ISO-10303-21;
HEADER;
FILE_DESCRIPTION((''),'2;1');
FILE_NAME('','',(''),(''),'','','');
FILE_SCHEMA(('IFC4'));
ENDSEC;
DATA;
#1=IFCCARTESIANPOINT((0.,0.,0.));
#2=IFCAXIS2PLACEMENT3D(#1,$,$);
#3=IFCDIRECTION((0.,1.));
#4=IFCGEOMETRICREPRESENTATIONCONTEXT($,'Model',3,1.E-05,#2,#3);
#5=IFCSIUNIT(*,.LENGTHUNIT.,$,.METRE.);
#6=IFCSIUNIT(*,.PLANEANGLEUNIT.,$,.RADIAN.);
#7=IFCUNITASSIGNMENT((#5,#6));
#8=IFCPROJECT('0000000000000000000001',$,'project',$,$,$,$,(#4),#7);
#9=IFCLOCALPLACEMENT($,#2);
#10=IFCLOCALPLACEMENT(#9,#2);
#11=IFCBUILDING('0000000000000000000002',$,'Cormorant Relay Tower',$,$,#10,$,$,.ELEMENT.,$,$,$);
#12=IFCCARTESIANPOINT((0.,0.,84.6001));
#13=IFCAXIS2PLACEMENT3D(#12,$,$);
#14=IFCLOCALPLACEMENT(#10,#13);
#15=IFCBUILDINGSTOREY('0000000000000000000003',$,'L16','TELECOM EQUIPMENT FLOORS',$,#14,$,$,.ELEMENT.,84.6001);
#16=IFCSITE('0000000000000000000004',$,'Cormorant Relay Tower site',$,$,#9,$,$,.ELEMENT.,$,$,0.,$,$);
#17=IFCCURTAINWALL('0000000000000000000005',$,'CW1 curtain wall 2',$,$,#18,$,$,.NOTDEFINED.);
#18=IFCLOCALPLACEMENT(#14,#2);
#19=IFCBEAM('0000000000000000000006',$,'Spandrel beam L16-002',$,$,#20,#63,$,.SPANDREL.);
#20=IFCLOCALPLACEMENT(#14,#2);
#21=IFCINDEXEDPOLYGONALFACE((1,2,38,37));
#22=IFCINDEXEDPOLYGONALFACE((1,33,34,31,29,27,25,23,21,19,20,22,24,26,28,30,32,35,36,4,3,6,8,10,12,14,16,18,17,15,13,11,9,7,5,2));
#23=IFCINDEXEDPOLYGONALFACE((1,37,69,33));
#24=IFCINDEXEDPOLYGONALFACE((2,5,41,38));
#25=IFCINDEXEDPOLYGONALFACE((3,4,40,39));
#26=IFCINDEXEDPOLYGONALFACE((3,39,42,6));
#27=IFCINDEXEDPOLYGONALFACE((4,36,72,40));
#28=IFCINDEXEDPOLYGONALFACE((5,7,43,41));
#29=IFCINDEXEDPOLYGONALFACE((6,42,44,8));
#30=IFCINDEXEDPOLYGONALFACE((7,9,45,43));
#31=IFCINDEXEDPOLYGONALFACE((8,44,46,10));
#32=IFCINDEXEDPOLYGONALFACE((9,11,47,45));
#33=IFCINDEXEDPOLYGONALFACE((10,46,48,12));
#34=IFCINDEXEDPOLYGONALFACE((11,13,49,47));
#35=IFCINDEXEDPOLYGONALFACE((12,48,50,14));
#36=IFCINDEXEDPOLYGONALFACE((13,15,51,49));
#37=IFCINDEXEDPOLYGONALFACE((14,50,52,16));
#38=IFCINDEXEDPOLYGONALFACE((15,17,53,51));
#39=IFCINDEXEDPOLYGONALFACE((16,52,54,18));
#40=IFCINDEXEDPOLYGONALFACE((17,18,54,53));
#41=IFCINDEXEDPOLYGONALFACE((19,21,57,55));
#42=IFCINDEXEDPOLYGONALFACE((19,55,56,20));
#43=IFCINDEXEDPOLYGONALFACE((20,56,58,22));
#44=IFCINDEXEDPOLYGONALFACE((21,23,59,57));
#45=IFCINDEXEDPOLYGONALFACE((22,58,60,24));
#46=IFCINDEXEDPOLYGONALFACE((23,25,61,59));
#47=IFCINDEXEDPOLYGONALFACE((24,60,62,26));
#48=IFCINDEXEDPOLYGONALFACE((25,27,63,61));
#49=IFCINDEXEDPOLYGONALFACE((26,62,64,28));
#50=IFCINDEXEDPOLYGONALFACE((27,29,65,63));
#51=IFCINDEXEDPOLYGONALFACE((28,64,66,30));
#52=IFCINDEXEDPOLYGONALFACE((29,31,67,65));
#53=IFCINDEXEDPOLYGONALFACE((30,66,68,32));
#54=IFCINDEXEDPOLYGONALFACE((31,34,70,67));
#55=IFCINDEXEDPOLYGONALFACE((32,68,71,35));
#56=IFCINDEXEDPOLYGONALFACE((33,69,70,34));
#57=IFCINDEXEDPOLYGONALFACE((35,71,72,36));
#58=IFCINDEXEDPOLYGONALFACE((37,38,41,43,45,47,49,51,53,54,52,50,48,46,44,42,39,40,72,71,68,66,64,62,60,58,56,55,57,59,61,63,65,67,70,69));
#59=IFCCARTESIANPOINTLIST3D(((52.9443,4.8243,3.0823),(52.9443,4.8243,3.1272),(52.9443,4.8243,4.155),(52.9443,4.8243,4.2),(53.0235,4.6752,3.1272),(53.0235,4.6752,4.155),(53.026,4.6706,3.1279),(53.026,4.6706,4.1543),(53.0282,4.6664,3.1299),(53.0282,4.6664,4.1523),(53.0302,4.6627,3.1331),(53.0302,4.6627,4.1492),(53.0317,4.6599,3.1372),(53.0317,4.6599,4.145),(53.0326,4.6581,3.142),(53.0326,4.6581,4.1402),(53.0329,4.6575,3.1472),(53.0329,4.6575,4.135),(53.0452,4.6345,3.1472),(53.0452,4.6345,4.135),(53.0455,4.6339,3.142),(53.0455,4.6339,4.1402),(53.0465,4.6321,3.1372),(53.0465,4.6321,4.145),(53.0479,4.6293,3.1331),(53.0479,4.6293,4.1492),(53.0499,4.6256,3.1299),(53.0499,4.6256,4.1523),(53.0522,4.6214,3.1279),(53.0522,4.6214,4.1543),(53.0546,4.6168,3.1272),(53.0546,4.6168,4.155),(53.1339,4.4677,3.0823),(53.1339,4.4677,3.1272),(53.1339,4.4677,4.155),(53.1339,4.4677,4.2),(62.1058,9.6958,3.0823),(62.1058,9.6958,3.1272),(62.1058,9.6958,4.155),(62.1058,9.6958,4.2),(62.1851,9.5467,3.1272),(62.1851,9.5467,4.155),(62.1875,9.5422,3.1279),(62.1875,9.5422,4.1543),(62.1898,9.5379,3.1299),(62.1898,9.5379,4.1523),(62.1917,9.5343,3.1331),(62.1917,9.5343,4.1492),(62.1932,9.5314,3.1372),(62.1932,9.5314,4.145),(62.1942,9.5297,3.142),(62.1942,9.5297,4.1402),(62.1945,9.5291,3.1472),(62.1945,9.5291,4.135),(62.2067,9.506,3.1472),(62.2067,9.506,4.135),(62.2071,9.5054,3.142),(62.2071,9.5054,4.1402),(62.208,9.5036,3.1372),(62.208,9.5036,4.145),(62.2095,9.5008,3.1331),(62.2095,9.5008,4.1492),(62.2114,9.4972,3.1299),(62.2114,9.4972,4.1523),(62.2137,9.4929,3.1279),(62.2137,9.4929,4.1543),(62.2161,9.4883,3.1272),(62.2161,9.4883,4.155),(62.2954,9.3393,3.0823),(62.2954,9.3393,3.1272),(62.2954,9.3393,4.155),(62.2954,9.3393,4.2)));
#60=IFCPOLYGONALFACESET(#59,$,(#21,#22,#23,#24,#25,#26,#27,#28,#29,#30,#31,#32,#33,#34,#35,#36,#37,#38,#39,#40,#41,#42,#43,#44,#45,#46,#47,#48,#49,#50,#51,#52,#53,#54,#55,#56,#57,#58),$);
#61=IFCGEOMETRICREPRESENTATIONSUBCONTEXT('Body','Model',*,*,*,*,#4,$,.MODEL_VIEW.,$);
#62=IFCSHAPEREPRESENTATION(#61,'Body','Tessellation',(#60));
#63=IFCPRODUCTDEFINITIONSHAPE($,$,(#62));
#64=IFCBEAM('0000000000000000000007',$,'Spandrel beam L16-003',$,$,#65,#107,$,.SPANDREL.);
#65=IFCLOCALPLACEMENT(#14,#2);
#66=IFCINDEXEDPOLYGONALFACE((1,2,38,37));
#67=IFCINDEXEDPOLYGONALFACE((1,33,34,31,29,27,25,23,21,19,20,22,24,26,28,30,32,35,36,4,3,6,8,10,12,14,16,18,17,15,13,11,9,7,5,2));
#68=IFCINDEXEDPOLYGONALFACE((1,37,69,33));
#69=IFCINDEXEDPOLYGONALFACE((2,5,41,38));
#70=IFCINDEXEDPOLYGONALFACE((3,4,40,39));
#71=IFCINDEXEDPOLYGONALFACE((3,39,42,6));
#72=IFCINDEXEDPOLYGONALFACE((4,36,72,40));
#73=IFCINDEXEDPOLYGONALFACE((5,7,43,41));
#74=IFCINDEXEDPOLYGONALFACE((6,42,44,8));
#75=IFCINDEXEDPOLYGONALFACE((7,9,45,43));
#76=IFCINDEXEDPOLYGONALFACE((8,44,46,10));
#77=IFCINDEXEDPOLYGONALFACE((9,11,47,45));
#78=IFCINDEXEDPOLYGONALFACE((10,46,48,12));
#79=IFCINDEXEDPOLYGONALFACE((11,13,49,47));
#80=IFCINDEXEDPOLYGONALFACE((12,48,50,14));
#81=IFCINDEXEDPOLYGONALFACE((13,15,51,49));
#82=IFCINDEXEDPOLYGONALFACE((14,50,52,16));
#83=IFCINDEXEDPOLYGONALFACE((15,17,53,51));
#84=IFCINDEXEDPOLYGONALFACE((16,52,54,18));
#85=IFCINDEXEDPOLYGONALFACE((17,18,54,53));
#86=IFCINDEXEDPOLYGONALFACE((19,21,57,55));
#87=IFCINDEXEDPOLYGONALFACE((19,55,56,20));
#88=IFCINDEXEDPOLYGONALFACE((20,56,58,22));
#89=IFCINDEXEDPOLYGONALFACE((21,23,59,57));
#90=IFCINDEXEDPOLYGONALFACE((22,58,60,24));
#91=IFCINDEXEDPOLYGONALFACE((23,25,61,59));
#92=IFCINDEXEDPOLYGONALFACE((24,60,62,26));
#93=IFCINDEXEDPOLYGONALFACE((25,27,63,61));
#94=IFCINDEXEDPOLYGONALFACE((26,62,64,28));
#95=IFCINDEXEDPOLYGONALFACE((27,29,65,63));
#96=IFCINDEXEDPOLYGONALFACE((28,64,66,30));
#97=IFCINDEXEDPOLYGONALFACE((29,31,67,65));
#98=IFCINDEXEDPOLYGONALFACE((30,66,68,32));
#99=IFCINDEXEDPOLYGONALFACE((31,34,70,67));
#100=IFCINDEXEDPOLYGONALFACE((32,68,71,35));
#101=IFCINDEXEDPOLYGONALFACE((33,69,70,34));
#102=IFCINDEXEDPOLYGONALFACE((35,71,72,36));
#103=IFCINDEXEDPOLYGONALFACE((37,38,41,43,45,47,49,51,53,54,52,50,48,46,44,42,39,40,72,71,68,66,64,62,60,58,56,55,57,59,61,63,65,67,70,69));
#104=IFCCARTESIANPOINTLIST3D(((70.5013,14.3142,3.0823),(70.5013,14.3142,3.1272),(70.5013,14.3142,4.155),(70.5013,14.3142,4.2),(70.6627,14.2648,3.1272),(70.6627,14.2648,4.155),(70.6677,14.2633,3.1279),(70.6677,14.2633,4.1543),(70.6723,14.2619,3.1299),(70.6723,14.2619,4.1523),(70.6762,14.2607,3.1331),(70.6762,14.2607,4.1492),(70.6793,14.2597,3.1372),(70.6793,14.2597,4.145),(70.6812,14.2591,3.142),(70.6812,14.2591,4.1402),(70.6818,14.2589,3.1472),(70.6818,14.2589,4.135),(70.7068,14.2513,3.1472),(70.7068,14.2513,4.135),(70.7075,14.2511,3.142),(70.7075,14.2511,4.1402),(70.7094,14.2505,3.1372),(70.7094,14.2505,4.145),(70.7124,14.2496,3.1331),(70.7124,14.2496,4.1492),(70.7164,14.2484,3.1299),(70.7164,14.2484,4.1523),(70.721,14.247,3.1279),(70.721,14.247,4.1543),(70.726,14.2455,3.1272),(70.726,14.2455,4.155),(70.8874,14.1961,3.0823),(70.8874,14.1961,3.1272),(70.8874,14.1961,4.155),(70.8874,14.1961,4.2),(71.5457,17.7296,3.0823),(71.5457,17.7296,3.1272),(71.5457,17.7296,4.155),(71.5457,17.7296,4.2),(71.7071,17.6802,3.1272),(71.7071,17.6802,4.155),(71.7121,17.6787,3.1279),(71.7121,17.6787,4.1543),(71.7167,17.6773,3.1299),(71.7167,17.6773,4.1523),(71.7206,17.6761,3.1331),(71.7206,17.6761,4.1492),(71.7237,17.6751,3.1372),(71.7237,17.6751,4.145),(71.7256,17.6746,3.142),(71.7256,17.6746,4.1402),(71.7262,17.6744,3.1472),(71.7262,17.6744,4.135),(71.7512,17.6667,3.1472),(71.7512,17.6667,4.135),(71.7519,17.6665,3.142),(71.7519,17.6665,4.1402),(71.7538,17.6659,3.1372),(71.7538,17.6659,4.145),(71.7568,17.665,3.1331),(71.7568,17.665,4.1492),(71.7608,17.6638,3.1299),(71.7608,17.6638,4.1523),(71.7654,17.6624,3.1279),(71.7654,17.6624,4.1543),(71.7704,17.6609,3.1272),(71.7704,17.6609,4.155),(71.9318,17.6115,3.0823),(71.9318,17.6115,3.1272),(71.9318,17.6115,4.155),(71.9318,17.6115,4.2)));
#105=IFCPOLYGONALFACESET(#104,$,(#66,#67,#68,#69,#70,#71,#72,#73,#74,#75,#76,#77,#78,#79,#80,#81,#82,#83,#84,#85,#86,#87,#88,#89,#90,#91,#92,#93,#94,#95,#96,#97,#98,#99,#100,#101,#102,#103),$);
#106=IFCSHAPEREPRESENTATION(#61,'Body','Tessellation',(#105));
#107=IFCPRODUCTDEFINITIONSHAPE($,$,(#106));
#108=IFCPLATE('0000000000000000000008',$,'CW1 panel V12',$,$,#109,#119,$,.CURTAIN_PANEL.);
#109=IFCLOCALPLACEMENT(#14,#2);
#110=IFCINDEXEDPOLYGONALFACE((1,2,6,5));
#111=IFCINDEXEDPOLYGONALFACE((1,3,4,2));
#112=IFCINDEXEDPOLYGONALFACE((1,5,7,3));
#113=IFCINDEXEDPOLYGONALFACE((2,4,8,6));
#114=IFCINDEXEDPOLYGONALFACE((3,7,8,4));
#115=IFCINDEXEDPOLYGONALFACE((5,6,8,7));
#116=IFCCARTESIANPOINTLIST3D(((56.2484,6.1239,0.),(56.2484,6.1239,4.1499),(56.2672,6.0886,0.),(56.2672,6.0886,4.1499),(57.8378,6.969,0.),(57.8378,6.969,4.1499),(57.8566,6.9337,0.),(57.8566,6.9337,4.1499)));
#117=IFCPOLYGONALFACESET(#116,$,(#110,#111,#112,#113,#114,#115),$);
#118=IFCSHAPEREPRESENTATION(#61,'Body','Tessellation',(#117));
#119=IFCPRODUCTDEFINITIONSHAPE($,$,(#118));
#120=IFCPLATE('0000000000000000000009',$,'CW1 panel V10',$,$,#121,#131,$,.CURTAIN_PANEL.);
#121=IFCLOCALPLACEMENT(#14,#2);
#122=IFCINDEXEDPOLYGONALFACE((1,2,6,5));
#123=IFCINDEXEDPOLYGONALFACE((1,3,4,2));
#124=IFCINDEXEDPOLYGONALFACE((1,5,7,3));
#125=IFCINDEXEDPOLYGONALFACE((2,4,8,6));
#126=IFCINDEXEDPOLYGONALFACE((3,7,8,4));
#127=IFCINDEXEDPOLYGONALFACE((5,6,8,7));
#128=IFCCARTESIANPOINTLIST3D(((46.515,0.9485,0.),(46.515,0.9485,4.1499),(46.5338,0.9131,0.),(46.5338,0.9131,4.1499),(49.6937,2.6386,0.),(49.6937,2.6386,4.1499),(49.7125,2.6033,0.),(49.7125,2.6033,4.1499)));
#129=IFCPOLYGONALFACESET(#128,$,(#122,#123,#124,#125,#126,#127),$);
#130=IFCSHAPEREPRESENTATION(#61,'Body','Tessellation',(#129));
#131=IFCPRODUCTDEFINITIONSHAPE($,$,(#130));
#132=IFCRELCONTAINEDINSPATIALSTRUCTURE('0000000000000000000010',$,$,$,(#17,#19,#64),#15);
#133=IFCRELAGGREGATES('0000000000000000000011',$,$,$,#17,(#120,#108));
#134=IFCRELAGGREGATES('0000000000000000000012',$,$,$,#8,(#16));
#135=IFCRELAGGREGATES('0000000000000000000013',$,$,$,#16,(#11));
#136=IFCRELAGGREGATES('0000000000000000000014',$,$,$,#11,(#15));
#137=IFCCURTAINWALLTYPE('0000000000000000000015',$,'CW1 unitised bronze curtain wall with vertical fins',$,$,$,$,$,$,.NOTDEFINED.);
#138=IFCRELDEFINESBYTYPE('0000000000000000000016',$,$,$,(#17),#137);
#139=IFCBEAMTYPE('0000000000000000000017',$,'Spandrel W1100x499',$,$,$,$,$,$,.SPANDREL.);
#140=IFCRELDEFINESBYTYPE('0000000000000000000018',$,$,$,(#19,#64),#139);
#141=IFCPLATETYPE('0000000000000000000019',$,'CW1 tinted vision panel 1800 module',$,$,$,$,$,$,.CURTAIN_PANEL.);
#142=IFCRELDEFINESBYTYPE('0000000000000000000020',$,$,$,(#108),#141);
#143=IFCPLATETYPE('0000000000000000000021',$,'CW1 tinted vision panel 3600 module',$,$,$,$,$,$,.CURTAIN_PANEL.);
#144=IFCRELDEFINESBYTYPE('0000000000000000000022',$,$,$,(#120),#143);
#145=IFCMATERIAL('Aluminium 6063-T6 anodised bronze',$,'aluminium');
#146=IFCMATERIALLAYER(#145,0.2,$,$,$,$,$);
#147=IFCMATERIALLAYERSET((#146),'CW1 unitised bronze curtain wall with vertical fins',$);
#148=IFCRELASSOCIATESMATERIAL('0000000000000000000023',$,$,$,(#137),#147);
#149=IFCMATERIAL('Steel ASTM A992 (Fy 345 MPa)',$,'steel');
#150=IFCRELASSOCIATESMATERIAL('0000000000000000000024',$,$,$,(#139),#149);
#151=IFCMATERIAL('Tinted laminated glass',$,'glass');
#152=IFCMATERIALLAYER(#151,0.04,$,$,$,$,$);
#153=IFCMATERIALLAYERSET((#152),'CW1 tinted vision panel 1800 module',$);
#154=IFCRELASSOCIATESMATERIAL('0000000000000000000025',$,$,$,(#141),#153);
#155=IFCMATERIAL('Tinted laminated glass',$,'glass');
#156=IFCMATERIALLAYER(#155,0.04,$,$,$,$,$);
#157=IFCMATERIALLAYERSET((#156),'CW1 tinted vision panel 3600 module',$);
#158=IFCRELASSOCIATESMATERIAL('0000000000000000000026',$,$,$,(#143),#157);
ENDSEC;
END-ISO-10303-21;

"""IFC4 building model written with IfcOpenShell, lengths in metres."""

from ifc_helpers import new_model, si_unit, direction, frame, origin, origin_2d, place, context, subcontext, project, spatial, rectangle, i_section, extrude, material, layer, layer_set, material_profile, profile_set, type_object, element, aggregate, save


model = new_model("IFC4")

# Units and contexts
model_context = context("Model", 3, precision=1e-05, world=origin(), true_north=direction((0.0, 1.0)))
body_context = subcontext(model_context, "Body", "Model", "MODEL_VIEW")
ifc_project = project(units=[si_unit("LENGTHUNIT", "METRE"), si_unit("PLANEANGLEUNIT", "RADIAN")], contexts=[model_context])

# Site, building, storey
site_placement = place(None, origin())
site = spatial("IfcSite", under=ifc_project, at=site_placement, Name="Cormorant Relay Tower site", CompositionType="ELEMENT", RefElevation=0.0)
building_placement = place(site_placement, origin())
building = spatial("IfcBuilding", under=site, at=building_placement, Name="Cormorant Relay Tower", CompositionType="ELEMENT")
storey_placement = place(building_placement, frame((0.0, 0.0, 84.6001)))
storey = spatial("IfcBuildingStorey", under=building, at=storey_placement, Name="L16", Description="TELECOM EQUIPMENT FLOORS", CompositionType="ELEMENT", Elevation=84.6001)

# Curtain wall
ifc_material_1 = material(Name="Aluminium 6063-T6 anodised bronze", Category="aluminium")
ifc_layer_1 = layer(ifc_material_1, 0.2)
ifc_layer_set_1 = layer_set([ifc_layer_1], Name="CW1 unitised bronze curtain wall with vertical fins")
curtain_wall_type = type_object("IfcCurtainWallType", Name="CW1 unitised bronze curtain wall with vertical fins", PredefinedType="NOTDEFINED", material=ifc_layer_set_1)
curtain_wall_1_placement = place(storey_placement, origin())
curtain_wall_1 = element("IfcCurtainWall", 1, at=curtain_wall_1_placement, inside=storey, type_object=curtain_wall_type, Name="CW1 curtain wall 2", PredefinedType="NOTDEFINED")

# Beams
ifc_material_2 = material(Name="Steel ASTM A992 (Fy 345 MPa)", Category="steel")
ifc_material_profile_1 = material_profile(ifc_material_2, i_section(OverallWidth=0.4038, OverallDepth=1.1177, WebThickness=0.0261, FlangeThickness=0.0449, FilletRadius=0.02, at=origin_2d()), Name="W1100x499")
ifc_profile_set_1 = profile_set([ifc_material_profile_1], Name="Steel ASTM A992 (Fy 345 MPa)")
beam_type = type_object("IfcBeamType", Name="Spandrel W1100x499", PredefinedType="SPANDREL", material=ifc_profile_set_1)
beam_1_placement = place(storey_placement, frame((53.0391, 4.646, 3.6411), z_axis=(0.882937, 0.469491, 0.0), x_axis=(-0.469491, 0.882937, 0.0)))
element("IfcBeam", 2, at=beam_1_placement, inside=storey, type_object=beam_type, Name="Spandrel beam L16-002", PredefinedType="SPANDREL", context=body_context, shape_type="SweptSolid", body=[
    extrude(i_section(OverallWidth=0.4038, OverallDepth=1.1177, WebThickness=0.0261, FlangeThickness=0.0449, FilletRadius=0.02, at=origin_2d()), origin(), (0.0, 0.0, 1.0), 10.3762),
])
beam_2_placement = place(storey_placement, frame((70.6943, 14.2551, 3.6411), z_axis=(0.292423, 0.956289, 0.0), x_axis=(-0.956289, 0.292423, 0.0)))
element("IfcBeam", 3, at=beam_2_placement, inside=storey, type_object=beam_type, Name="Spandrel beam L16-003", PredefinedType="SPANDREL", context=body_context, shape_type="SweptSolid", body=[
    extrude(i_section(OverallWidth=0.4038, OverallDepth=1.1177, WebThickness=0.0261, FlangeThickness=0.0449, FilletRadius=0.02, at=origin_2d()), origin(), (0.0, 0.0, 1.0), 3.5715),
])

# Plates
ifc_material_3 = material(Name="Tinted laminated glass", Category="glass")
ifc_layer_2 = layer(ifc_material_3, 0.04)
ifc_layer_set_2 = layer_set([ifc_layer_2], Name="CW1 tinted vision panel 1800 module")
plate_type_1 = type_object("IfcPlateType", Name="CW1 tinted vision panel 1800 module", PredefinedType="CURTAIN_PANEL", material=ifc_layer_set_2)
plate_1_placement = place(storey_placement, frame((57.0525, 6.5288, 0.0), z_axis=(0.0, 0.0, 1.0), x_axis=(0.882948, 0.469472, 0.0)))
plate_1 = element("IfcPlate", 4, at=plate_1_placement, type_object=plate_type_1, Name="CW1 panel V12", PredefinedType="CURTAIN_PANEL", context=body_context, shape_type="SweptSolid", body=[
    extrude(rectangle(XDim=1.8, YDim=0.04, at=origin_2d()), origin(), (0.0, 0.0, 1.0), 4.1499),
])
ifc_material_4 = material(Name="Tinted laminated glass", Category="glass")
ifc_layer_3 = layer(ifc_material_4, 0.04)
ifc_layer_set_3 = layer_set([ifc_layer_3], Name="CW1 tinted vision panel 3600 module")
plate_type_2 = type_object("IfcPlateType", Name="CW1 tinted vision panel 3600 module", PredefinedType="CURTAIN_PANEL", material=ifc_layer_set_3)
plate_2_placement = place(storey_placement, frame((48.1138, 1.7759, 0.0), z_axis=(0.0, 0.0, 1.0), x_axis=(0.882948, 0.469472, 0.0)))
plate_2 = element("IfcPlate", 5, at=plate_2_placement, type_object=plate_type_2, Name="CW1 panel V10", PredefinedType="CURTAIN_PANEL", context=body_context, shape_type="SweptSolid", body=[
    extrude(rectangle(XDim=3.6001, YDim=0.04, at=origin_2d()), origin(), (0.0, 0.0, 1.0), 4.1499),
])

aggregate(curtain_wall_1, [plate_2, plate_1])

save(model, "model.ifc")
